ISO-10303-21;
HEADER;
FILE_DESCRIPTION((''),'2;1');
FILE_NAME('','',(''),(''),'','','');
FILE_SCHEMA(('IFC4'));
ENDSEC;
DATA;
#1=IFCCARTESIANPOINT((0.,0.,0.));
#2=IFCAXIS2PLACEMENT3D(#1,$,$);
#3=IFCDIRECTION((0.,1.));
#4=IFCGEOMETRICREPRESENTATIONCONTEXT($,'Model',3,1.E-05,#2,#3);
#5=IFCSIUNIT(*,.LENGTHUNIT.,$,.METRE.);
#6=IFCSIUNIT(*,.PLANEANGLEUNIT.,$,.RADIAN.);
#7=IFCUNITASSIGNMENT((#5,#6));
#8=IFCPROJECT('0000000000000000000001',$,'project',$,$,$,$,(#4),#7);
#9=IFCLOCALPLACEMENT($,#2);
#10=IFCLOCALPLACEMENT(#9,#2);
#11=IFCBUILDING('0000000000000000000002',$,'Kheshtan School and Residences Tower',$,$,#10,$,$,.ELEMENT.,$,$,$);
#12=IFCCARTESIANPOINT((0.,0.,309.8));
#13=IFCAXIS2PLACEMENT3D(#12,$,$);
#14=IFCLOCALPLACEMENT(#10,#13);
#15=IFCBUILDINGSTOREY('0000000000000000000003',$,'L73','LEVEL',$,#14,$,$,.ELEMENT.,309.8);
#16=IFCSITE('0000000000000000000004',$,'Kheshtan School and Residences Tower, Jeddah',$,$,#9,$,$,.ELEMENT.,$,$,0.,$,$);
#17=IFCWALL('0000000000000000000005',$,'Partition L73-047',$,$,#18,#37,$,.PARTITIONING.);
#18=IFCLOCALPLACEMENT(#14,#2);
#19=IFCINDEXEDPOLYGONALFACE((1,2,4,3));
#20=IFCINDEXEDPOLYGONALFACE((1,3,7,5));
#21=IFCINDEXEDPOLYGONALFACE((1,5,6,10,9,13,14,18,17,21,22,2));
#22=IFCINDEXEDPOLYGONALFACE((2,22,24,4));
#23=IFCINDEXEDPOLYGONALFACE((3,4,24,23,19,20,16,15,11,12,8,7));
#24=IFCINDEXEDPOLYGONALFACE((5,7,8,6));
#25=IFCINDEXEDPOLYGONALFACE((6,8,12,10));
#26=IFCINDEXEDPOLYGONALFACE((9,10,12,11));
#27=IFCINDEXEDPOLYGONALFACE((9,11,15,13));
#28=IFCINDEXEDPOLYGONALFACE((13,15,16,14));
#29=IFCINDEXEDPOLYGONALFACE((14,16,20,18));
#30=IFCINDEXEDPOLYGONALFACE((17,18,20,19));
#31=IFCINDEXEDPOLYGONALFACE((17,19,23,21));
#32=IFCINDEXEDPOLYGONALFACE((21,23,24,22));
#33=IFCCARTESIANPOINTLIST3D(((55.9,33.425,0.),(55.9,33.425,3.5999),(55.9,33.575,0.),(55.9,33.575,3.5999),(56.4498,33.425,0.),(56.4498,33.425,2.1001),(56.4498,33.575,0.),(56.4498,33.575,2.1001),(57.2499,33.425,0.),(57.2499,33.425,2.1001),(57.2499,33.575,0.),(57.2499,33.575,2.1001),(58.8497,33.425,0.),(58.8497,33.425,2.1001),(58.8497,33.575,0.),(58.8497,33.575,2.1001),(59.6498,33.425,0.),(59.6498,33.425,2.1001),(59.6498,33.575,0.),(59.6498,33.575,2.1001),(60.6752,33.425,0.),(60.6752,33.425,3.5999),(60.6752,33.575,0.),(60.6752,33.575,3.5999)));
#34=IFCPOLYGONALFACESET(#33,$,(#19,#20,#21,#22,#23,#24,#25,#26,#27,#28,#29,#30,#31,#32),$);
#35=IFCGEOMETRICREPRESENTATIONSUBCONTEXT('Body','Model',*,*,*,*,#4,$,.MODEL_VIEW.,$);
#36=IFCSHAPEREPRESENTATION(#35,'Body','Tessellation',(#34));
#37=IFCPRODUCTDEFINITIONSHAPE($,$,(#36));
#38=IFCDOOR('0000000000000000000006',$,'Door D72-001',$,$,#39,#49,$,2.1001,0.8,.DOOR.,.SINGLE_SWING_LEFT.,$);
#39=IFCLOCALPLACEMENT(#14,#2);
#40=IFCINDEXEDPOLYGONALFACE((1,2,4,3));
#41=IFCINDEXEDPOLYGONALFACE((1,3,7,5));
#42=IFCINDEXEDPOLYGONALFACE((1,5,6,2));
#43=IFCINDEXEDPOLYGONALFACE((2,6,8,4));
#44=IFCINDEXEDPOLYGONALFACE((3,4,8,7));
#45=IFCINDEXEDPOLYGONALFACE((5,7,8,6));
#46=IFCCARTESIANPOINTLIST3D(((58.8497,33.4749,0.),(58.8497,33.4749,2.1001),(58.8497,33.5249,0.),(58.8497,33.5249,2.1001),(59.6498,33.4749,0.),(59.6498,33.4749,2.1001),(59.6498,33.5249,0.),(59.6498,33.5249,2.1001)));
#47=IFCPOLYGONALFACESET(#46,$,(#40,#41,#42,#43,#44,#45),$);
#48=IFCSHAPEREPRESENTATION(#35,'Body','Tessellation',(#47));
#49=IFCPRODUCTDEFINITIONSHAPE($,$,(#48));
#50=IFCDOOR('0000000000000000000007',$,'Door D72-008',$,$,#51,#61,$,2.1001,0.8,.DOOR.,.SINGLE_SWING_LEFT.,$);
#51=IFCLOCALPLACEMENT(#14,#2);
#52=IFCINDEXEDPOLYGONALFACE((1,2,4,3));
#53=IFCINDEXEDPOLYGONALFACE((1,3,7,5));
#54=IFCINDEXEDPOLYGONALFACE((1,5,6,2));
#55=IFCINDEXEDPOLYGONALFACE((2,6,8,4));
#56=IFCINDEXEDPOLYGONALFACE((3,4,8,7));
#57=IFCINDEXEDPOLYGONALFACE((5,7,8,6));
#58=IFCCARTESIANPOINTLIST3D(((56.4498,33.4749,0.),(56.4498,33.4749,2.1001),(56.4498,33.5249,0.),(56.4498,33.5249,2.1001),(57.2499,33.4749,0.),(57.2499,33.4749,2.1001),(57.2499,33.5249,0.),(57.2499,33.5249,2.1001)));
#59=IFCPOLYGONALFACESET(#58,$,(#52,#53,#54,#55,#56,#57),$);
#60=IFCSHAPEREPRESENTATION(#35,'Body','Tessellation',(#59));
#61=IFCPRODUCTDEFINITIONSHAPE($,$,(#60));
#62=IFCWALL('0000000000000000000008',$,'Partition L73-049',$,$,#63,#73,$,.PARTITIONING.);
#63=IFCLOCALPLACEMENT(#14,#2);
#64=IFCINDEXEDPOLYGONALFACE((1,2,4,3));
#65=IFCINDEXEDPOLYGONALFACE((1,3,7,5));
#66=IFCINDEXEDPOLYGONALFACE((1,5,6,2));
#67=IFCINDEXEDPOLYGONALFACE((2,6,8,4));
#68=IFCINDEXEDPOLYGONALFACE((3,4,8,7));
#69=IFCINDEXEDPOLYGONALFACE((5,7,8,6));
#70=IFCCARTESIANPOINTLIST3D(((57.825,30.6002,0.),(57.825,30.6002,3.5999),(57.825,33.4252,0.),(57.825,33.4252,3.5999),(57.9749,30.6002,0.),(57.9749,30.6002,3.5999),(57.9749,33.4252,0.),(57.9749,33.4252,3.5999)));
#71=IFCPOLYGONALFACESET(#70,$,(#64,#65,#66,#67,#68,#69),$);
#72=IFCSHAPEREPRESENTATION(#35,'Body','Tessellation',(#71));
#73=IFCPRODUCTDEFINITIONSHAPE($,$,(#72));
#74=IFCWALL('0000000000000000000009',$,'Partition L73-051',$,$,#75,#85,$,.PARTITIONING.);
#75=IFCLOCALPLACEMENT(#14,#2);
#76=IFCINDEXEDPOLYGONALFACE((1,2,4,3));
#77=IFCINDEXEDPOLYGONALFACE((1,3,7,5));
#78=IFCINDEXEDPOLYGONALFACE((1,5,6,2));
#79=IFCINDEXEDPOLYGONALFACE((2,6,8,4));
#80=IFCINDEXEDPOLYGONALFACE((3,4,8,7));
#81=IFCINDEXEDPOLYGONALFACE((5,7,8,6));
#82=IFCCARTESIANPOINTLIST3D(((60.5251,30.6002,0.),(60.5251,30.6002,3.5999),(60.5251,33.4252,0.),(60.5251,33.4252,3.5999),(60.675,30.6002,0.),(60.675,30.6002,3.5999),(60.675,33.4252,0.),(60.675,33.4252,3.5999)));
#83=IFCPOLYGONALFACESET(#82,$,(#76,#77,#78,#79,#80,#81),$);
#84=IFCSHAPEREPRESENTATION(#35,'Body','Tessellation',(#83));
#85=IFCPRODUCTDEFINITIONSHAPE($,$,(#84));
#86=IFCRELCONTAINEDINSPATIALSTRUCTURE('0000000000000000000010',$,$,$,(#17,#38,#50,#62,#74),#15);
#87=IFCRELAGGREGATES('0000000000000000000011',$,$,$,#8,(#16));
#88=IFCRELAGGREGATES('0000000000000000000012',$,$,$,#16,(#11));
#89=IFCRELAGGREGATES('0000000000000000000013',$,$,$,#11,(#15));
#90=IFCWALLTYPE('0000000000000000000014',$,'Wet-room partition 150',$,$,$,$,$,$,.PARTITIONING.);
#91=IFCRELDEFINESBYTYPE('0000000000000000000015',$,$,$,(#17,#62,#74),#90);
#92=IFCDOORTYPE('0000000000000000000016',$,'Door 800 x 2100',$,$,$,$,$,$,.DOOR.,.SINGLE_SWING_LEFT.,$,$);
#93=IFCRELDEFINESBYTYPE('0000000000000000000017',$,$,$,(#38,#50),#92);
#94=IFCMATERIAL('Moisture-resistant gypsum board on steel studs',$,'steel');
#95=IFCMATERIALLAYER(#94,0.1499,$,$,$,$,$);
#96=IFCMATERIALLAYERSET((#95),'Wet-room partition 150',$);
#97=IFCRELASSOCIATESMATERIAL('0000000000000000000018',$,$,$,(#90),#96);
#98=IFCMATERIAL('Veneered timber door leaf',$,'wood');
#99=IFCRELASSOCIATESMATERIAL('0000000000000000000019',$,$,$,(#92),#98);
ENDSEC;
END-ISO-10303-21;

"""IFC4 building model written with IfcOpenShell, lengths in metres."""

from ifc_helpers import new_model, si_unit, direction, frame, frame_2d, origin, place, context, subcontext, project, spatial, rectangle, extrude, source, transform, mapped, material, layer, layer_set, type_object, element, fill, save


model = new_model("IFC4")

# Units and contexts
model_context = context("Model", 3, precision=1e-05, world=origin(), true_north=direction((0.0, 1.0)))
body_context = subcontext(model_context, "Body", "Model", "MODEL_VIEW")
ifc_project = project(units=[si_unit("LENGTHUNIT", "METRE"), si_unit("PLANEANGLEUNIT", "RADIAN")], contexts=[model_context])

# Site, building, storey
site_placement = place(None, origin())
site = spatial("IfcSite", under=ifc_project, at=site_placement, Name="Kheshtan School and Residences Tower, Jeddah", CompositionType="ELEMENT", RefElevation=0.0)
building_placement = place(site_placement, origin())
building = spatial("IfcBuilding", under=site, at=building_placement, Name="Kheshtan School and Residences Tower", CompositionType="ELEMENT")
storey_placement = place(building_placement, frame((0.0, 0.0, 309.8)))
storey = spatial("IfcBuildingStorey", under=building, at=storey_placement, Name="L73", Description="LEVEL", CompositionType="ELEMENT", Elevation=309.8)

# Wall, openings, doors
ifc_material_1 = material(Name="Moisture-resistant gypsum board on steel studs", Category="steel")
ifc_layer_1 = layer(ifc_material_1, 0.1499)
ifc_layer_set_1 = layer_set([ifc_layer_1], Name="Wet-room partition 150")
wall_type_1 = type_object("IfcWallType", Name="Wet-room partition 150", PredefinedType="PARTITIONING", material=ifc_layer_set_1)
wall_1_placement = place(storey_placement, frame((55.8999, 33.5, 0.0), z_axis=(0.0, 0.0, 1.0), x_axis=(1.0, 0.0, 0.0)))
wall_1 = element("IfcWall", 1, at=wall_1_placement, inside=storey, type_object=wall_type_1, Name="Partition L73-047", PredefinedType="PARTITIONING", context=body_context, shape_type="SweptSolid", body=[
    extrude(rectangle(XDim=4.7751, YDim=0.1499, at=frame_2d((2.3877, 0.0))), origin(), (0.0, 0.0, 1.0), 3.5999),
])
opening_1_placement = place(wall_1_placement, frame((2.95, 0.0, 0.0)))
opening_1 = element("IfcOpeningElement", 2, at=opening_1_placement, cuts=wall_1, PredefinedType="OPENING", context=body_context, shape_type="SweptSolid", body=[
    extrude(rectangle(XDim=0.8, YDim=2.1001, at=frame_2d((0.3999, 1.05))), frame((0.0, 0.085, 0.0), z_axis=(0.0, -1.0, 0.0), x_axis=(1.0, 0.0, 0.0)), (0.0, 0.0, 1.0), 0.1699),
])
opening_2_placement = place(wall_1_placement, frame((0.55, 0.0, 0.0)))
opening_2 = element("IfcOpeningElement", 3, at=opening_2_placement, cuts=wall_1, PredefinedType="OPENING", context=body_context, shape_type="SweptSolid", body=[
    extrude(rectangle(XDim=0.8, YDim=2.1001, at=frame_2d((0.3999, 1.05))), frame((0.0, 0.085, 0.0), z_axis=(0.0, -1.0, 0.0), x_axis=(1.0, 0.0, 0.0)), (0.0, 0.0, 1.0), 0.1699),
])
ifc_material_2 = material(Name="Veneered timber door leaf", Category="wood")
door_type_1 = type_object("IfcDoorType", Name="Door 800 x 2100", OperationType="SINGLE_SWING_LEFT", PredefinedType="DOOR", material=ifc_material_2)
shared_shape_1 = source(origin(), body_context, "Body", "SweptSolid", [
    extrude(rectangle(XDim=0.8, YDim=2.1001, at=frame_2d((0.3999, 1.05))), frame((0.0, 0.0249, 0.0), z_axis=(0.0, -1.0, 0.0), x_axis=(1.0, 0.0, 0.0)), (0.0, 0.0, 1.0), 0.05),
])
door_1_placement = place(opening_1_placement, origin())
door_1 = element("IfcDoor", 4, at=door_1_placement, inside=storey, type_object=door_type_1, Name="Door D72-001", OperationType="SINGLE_SWING_LEFT", OverallHeight=2.1001, OverallWidth=0.8, PredefinedType="DOOR", context=body_context, shape_type="MappedRepresentation", body=[
    mapped(shared_shape_1, transform((0.0, 0.0, 0.0), x_axis=(1.0, 0.0, 0.0), y_axis=(0.0, 1.0, 0.0), z_axis=(0.0, 0.0, 1.0), scale=1.0)),
])
fill(opening_1, door_1)
door_2_placement = place(opening_2_placement, origin())
door_2 = element("IfcDoor", 5, at=door_2_placement, inside=storey, type_object=door_type_1, Name="Door D72-008", OperationType="SINGLE_SWING_LEFT", OverallHeight=2.1001, OverallWidth=0.8, PredefinedType="DOOR", context=body_context, shape_type="MappedRepresentation", body=[
    mapped(shared_shape_1, transform((0.0, 0.0, 0.0), x_axis=(1.0, 0.0, 0.0), y_axis=(0.0, 1.0, 0.0), z_axis=(0.0, 0.0, 1.0), scale=1.0)),
])
fill(opening_2, door_2)

# Walls
for number, where, z_axis, x_axis, name in (
    (6, (57.8999, 30.6001, 0.0), (0.0, 0.0, 1.0), (0.0, 1.0, 0.0), "Partition L73-049"),
    (7, (60.6001, 30.6001, 0.0), (0.0, 0.0, 1.0), (0.0, 1.0, 0.0), "Partition L73-051"),
):
    element("IfcWall", number, at=place(storey_placement, frame(where, z_axis=z_axis, x_axis=x_axis)), inside=storey, type_object=wall_type_1, Name=name, PredefinedType="PARTITIONING", context=body_context, shape_type="SweptSolid", body=[
        extrude(rectangle(XDim=2.825, YDim=0.1499, at=frame_2d((1.4126, 0.0))), origin(), (0.0, 0.0, 1.0), 3.5999),
    ])

save(model, "model.ifc")
